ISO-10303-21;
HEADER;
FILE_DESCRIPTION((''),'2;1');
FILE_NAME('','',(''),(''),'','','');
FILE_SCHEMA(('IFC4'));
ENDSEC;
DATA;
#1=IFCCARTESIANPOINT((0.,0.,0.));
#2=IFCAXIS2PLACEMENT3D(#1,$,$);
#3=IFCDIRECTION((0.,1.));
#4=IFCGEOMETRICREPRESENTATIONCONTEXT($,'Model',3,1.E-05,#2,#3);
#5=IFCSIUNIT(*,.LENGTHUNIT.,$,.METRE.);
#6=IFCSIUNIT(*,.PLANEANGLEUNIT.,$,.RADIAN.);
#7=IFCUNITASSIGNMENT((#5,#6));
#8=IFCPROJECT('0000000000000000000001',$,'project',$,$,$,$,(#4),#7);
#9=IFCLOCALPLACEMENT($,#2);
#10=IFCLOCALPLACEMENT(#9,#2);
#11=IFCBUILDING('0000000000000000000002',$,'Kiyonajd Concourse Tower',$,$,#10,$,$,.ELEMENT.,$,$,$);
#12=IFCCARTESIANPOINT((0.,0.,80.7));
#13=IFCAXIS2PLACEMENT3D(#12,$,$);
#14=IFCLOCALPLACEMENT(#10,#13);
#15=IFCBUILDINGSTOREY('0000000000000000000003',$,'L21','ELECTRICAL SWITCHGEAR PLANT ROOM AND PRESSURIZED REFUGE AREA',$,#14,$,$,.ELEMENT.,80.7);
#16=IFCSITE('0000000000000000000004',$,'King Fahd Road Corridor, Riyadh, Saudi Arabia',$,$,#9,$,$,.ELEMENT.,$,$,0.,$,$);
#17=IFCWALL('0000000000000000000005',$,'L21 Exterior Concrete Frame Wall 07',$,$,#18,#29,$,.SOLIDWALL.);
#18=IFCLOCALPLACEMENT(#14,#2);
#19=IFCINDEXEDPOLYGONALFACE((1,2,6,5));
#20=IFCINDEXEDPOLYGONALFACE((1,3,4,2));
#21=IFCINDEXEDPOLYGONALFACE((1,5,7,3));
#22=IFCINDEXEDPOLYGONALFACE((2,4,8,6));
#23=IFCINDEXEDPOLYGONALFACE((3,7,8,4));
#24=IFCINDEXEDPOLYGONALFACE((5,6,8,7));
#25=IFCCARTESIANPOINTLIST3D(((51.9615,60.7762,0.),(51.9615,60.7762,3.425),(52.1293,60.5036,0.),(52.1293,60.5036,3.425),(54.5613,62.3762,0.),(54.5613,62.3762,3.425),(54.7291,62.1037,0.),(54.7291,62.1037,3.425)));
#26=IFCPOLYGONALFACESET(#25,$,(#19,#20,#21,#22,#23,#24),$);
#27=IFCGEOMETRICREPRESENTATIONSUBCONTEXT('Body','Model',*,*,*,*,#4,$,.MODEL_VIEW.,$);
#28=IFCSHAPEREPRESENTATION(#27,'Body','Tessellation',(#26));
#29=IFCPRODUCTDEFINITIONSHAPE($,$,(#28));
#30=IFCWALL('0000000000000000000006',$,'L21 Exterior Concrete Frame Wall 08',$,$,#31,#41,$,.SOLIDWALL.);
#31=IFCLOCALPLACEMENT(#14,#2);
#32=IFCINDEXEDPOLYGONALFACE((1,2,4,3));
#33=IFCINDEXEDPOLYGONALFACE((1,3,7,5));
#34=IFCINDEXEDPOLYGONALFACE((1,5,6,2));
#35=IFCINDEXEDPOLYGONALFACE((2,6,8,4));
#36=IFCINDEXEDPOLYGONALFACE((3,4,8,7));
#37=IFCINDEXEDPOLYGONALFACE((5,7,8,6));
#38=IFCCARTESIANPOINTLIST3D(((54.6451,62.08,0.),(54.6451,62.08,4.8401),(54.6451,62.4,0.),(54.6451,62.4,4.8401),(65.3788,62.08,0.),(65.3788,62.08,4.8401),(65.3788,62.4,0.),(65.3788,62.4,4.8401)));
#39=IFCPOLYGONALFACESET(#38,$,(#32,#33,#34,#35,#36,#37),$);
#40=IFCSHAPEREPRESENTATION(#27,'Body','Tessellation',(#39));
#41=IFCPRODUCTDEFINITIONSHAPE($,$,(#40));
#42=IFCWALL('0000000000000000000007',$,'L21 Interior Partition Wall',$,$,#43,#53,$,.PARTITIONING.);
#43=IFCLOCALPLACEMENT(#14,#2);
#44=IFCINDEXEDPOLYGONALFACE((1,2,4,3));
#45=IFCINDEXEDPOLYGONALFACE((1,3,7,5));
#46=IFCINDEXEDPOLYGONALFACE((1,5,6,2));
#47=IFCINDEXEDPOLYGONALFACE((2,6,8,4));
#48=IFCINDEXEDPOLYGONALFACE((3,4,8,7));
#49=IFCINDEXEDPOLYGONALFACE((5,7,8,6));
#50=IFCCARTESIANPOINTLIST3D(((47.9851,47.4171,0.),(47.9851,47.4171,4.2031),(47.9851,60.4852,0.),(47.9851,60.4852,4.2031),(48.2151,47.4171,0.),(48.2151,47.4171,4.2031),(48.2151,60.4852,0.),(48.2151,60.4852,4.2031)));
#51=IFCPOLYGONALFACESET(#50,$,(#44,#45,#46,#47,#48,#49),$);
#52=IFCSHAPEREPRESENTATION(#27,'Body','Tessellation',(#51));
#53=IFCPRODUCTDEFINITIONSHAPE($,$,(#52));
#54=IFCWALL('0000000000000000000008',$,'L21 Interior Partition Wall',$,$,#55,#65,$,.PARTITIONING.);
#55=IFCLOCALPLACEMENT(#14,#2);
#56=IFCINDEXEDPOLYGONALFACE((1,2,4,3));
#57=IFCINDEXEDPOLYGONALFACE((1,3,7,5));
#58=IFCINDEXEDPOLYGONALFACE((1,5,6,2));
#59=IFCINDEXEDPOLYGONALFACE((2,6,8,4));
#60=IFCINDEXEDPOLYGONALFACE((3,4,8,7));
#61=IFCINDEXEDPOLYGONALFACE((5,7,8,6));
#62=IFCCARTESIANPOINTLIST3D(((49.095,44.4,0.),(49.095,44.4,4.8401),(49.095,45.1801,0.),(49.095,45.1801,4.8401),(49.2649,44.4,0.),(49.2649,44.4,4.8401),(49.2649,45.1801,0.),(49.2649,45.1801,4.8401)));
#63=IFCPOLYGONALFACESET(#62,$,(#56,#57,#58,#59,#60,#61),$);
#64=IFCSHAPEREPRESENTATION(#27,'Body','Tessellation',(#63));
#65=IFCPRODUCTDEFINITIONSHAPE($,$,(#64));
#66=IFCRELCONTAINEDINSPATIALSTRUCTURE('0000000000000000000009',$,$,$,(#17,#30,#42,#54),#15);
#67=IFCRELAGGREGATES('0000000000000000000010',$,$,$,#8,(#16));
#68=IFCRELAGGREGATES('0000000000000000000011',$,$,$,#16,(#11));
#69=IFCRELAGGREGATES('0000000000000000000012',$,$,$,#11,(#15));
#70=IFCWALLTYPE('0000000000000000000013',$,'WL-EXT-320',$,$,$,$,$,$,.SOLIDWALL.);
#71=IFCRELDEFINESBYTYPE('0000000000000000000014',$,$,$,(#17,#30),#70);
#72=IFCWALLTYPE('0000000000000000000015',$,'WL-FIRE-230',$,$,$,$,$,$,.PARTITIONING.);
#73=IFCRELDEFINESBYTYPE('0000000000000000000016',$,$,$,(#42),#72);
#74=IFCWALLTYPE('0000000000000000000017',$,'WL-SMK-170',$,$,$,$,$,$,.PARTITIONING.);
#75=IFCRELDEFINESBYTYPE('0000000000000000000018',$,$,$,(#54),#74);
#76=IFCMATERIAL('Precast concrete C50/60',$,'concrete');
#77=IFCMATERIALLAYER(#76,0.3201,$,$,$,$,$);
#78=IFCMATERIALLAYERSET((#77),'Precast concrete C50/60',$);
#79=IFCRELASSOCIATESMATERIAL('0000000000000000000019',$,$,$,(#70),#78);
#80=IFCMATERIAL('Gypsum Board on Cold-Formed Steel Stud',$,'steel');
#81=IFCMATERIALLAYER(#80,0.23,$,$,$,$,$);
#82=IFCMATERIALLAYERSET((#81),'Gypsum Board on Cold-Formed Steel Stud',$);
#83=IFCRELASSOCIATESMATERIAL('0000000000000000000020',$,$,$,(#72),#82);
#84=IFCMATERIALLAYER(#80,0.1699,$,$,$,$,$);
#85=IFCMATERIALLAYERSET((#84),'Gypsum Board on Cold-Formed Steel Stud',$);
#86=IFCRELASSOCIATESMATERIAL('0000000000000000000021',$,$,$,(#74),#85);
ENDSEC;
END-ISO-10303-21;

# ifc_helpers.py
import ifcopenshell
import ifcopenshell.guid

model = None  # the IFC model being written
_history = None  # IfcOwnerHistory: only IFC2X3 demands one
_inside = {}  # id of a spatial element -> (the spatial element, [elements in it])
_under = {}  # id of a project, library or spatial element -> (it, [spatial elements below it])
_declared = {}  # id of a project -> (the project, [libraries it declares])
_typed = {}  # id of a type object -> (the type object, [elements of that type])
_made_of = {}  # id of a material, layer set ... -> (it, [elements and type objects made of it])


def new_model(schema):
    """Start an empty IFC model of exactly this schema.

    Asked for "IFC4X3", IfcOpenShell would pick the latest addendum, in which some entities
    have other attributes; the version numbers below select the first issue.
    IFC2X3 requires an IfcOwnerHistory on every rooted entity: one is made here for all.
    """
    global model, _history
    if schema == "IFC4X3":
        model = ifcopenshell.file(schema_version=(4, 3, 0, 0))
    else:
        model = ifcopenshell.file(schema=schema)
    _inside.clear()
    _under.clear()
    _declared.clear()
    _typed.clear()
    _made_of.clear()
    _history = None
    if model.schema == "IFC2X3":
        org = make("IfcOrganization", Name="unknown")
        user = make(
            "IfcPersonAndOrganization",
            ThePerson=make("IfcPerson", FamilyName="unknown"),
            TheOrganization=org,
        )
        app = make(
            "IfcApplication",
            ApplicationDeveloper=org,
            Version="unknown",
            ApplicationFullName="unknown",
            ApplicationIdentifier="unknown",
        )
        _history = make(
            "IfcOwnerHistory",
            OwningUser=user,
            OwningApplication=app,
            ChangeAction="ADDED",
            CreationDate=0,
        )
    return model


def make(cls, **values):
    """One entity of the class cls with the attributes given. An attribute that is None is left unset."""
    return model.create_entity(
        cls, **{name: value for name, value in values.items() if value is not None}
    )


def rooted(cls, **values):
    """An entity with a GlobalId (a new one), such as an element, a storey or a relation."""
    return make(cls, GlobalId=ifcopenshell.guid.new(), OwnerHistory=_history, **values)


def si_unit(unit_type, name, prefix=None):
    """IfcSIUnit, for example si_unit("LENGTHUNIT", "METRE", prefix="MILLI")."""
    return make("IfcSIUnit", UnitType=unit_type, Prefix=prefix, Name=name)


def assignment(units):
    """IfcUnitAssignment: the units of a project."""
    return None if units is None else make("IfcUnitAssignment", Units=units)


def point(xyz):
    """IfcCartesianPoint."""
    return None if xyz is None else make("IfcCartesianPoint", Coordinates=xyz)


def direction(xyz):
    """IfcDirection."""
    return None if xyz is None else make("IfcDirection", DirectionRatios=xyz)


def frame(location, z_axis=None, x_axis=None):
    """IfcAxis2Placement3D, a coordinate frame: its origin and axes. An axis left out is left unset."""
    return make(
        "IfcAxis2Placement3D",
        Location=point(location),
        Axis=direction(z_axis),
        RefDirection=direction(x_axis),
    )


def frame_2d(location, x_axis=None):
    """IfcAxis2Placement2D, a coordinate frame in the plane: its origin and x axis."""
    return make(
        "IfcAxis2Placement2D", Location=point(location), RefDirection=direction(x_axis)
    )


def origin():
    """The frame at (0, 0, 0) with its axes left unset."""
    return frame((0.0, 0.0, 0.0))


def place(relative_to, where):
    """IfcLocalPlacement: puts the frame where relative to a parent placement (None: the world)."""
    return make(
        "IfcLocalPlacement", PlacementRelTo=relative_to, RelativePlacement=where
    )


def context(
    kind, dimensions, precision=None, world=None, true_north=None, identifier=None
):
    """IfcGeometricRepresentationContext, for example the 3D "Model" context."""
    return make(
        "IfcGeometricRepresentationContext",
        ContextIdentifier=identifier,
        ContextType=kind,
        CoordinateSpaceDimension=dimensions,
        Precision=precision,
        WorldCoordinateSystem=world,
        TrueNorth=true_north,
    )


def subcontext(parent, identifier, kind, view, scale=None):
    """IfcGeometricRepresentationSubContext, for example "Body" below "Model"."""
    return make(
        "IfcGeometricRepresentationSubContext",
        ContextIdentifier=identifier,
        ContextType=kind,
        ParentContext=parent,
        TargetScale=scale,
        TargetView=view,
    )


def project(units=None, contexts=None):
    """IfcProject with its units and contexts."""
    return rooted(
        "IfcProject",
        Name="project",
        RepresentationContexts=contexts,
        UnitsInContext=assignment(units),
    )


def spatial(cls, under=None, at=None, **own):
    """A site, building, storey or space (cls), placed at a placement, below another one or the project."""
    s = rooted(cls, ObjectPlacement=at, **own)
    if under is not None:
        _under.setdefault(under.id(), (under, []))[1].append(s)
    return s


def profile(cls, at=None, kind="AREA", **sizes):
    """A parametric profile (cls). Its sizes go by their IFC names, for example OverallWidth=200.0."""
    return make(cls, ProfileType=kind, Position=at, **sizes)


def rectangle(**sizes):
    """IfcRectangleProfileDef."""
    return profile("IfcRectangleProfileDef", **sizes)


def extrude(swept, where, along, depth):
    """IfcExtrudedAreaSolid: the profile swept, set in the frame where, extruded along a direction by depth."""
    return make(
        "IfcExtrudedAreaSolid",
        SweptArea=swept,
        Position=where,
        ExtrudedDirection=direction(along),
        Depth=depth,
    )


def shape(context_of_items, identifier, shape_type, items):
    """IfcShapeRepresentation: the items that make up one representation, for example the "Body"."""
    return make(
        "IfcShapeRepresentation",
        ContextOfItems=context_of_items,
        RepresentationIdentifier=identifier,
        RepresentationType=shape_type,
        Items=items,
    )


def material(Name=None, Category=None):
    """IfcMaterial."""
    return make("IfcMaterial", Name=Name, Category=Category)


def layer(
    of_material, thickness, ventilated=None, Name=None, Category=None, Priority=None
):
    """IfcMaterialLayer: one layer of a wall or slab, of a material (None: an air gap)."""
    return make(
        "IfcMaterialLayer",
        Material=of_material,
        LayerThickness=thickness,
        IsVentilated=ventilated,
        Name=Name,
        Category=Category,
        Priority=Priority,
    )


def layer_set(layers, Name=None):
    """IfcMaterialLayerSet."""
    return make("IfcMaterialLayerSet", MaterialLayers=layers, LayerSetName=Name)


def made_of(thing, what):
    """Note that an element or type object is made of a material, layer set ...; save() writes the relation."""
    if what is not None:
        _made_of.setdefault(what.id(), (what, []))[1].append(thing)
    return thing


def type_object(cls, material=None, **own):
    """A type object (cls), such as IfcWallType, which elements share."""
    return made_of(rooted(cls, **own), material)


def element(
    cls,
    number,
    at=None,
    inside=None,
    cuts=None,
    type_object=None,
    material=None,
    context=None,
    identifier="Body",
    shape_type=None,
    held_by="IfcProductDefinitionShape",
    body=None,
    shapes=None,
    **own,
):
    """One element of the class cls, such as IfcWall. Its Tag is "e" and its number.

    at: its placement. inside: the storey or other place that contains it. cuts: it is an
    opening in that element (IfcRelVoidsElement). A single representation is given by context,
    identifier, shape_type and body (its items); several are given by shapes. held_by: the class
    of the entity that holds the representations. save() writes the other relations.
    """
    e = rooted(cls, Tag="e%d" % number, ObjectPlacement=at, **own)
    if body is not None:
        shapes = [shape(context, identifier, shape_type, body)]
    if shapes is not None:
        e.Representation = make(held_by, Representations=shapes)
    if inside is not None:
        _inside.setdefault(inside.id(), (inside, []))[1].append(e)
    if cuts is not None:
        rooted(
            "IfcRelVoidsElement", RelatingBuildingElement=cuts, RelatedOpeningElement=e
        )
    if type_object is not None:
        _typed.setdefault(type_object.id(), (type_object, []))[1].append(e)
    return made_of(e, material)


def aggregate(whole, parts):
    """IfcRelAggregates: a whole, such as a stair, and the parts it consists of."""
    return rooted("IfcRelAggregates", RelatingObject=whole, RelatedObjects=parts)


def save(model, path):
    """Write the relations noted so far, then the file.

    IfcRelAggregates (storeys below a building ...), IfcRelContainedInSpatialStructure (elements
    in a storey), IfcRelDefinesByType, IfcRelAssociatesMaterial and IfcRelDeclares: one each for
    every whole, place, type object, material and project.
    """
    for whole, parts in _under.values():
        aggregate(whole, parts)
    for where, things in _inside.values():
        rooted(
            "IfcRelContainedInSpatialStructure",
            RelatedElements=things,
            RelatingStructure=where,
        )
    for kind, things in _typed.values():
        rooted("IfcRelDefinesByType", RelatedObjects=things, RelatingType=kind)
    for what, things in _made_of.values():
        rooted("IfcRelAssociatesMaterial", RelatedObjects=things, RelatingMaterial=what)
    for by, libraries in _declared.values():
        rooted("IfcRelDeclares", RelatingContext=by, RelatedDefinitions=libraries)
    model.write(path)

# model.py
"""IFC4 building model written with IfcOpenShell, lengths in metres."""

from ifc_helpers import new_model, si_unit, direction, frame, frame_2d, origin, place, context, subcontext, project, spatial, rectangle, extrude, material, layer, layer_set, type_object, element, save


model = new_model("IFC4")

# Units and contexts
model_context = context("Model", 3, precision=1e-05, world=origin(), true_north=direction((0.0, 1.0)))
body_context = subcontext(model_context, "Body", "Model", "MODEL_VIEW")
ifc_project = project(units=[si_unit("LENGTHUNIT", "METRE"), si_unit("PLANEANGLEUNIT", "RADIAN")], contexts=[model_context])

# Site, building, storey
site_placement = place(None, origin())
site = spatial("IfcSite", under=ifc_project, at=site_placement, Name="King Fahd Road Corridor, Riyadh, Saudi Arabia", CompositionType="ELEMENT", RefElevation=0.0)
building_placement = place(site_placement, origin())
building = spatial("IfcBuilding", under=site, at=building_placement, Name="Kiyonajd Concourse Tower", CompositionType="ELEMENT")
storey_placement = place(building_placement, frame((0.0, 0.0, 80.7)))
storey = spatial("IfcBuildingStorey", under=building, at=storey_placement, Name="L21", Description="ELECTRICAL SWITCHGEAR PLANT ROOM AND PRESSURIZED REFUGE AREA", CompositionType="ELEMENT", Elevation=80.7)

# Walls
ifc_material_1 = material(Name="Precast concrete C50/60", Category="concrete")
ifc_layer_1 = layer(ifc_material_1, 0.3201)
ifc_layer_set_1 = layer_set([ifc_layer_1], Name="Precast concrete C50/60")
wall_type_1 = type_object("IfcWallType", Name="WL-EXT-320", PredefinedType="SOLIDWALL", material=ifc_layer_set_1)
wall_1_placement = place(storey_placement, frame((52.0454, 60.6399, 0.0), z_axis=(0.0, 0.0, 1.0), x_axis=(0.851631, 0.524142, 0.0)))
element("IfcWall", 1, at=wall_1_placement, inside=storey, type_object=wall_type_1, Name="L21 Exterior Concrete Frame Wall 07", PredefinedType="SOLIDWALL", context=body_context, shape_type="SweptSolid", body=[
    extrude(rectangle(XDim=3.0527, YDim=0.3201, at=frame_2d((1.5264, 0.0))), origin(), (0.0, 0.0, 1.0), 3.425),
])
wall_2_placement = place(storey_placement, frame((54.6453, 62.24, 0.0), z_axis=(0.0, 0.0, 1.0), x_axis=(1.0, 0.0, 0.0)))
element("IfcWall", 2, at=wall_2_placement, inside=storey, type_object=wall_type_1, Name="L21 Exterior Concrete Frame Wall 08", PredefinedType="SOLIDWALL", context=body_context, shape_type="SweptSolid", body=[
    extrude(rectangle(XDim=10.7336, YDim=0.3201, at=frame_2d((5.3667, 0.0))), origin(), (0.0, 0.0, 1.0), 4.8401),
])
ifc_material_2 = material(Name="Gypsum Board on Cold-Formed Steel Stud", Category="steel")
ifc_layer_2 = layer(ifc_material_2, 0.23)
ifc_layer_set_2 = layer_set([ifc_layer_2], Name="Gypsum Board on Cold-Formed Steel Stud")
wall_type_2 = type_object("IfcWallType", Name="WL-FIRE-230", PredefinedType="PARTITIONING", material=ifc_layer_set_2)
wall_3_placement = place(storey_placement, frame((48.1001, 47.417, 0.0), z_axis=(0.0, 0.0, 1.0), x_axis=(0.0, 1.0, 0.0)))
element("IfcWall", 3, at=wall_3_placement, inside=storey, type_object=wall_type_2, Name="L21 Interior Partition Wall", PredefinedType="PARTITIONING", context=body_context, shape_type="SweptSolid", body=[
    extrude(rectangle(XDim=13.0681, YDim=0.23, at=frame_2d((6.5342, 0.0))), origin(), (0.0, 0.0, 1.0), 4.2031),
])
ifc_layer_3 = layer(ifc_material_2, 0.1699)
ifc_layer_set_3 = layer_set([ifc_layer_3], Name="Gypsum Board on Cold-Formed Steel Stud")
wall_type_3 = type_object("IfcWallType", Name="WL-SMK-170", PredefinedType="PARTITIONING", material=ifc_layer_set_3)
wall_4_placement = place(storey_placement, frame((49.1799, 44.3999, 0.0), z_axis=(0.0, 0.0, 1.0), x_axis=(0.0, 1.0, 0.0)))
element("IfcWall", 4, at=wall_4_placement, inside=storey, type_object=wall_type_3, Name="L21 Interior Partition Wall", PredefinedType="PARTITIONING", context=body_context, shape_type="SweptSolid", body=[
    extrude(rectangle(XDim=0.78, YDim=0.1699, at=frame_2d((0.3901, 0.0))), origin(), (0.0, 0.0, 1.0), 4.8401),
])

save(model, "model.ifc")
